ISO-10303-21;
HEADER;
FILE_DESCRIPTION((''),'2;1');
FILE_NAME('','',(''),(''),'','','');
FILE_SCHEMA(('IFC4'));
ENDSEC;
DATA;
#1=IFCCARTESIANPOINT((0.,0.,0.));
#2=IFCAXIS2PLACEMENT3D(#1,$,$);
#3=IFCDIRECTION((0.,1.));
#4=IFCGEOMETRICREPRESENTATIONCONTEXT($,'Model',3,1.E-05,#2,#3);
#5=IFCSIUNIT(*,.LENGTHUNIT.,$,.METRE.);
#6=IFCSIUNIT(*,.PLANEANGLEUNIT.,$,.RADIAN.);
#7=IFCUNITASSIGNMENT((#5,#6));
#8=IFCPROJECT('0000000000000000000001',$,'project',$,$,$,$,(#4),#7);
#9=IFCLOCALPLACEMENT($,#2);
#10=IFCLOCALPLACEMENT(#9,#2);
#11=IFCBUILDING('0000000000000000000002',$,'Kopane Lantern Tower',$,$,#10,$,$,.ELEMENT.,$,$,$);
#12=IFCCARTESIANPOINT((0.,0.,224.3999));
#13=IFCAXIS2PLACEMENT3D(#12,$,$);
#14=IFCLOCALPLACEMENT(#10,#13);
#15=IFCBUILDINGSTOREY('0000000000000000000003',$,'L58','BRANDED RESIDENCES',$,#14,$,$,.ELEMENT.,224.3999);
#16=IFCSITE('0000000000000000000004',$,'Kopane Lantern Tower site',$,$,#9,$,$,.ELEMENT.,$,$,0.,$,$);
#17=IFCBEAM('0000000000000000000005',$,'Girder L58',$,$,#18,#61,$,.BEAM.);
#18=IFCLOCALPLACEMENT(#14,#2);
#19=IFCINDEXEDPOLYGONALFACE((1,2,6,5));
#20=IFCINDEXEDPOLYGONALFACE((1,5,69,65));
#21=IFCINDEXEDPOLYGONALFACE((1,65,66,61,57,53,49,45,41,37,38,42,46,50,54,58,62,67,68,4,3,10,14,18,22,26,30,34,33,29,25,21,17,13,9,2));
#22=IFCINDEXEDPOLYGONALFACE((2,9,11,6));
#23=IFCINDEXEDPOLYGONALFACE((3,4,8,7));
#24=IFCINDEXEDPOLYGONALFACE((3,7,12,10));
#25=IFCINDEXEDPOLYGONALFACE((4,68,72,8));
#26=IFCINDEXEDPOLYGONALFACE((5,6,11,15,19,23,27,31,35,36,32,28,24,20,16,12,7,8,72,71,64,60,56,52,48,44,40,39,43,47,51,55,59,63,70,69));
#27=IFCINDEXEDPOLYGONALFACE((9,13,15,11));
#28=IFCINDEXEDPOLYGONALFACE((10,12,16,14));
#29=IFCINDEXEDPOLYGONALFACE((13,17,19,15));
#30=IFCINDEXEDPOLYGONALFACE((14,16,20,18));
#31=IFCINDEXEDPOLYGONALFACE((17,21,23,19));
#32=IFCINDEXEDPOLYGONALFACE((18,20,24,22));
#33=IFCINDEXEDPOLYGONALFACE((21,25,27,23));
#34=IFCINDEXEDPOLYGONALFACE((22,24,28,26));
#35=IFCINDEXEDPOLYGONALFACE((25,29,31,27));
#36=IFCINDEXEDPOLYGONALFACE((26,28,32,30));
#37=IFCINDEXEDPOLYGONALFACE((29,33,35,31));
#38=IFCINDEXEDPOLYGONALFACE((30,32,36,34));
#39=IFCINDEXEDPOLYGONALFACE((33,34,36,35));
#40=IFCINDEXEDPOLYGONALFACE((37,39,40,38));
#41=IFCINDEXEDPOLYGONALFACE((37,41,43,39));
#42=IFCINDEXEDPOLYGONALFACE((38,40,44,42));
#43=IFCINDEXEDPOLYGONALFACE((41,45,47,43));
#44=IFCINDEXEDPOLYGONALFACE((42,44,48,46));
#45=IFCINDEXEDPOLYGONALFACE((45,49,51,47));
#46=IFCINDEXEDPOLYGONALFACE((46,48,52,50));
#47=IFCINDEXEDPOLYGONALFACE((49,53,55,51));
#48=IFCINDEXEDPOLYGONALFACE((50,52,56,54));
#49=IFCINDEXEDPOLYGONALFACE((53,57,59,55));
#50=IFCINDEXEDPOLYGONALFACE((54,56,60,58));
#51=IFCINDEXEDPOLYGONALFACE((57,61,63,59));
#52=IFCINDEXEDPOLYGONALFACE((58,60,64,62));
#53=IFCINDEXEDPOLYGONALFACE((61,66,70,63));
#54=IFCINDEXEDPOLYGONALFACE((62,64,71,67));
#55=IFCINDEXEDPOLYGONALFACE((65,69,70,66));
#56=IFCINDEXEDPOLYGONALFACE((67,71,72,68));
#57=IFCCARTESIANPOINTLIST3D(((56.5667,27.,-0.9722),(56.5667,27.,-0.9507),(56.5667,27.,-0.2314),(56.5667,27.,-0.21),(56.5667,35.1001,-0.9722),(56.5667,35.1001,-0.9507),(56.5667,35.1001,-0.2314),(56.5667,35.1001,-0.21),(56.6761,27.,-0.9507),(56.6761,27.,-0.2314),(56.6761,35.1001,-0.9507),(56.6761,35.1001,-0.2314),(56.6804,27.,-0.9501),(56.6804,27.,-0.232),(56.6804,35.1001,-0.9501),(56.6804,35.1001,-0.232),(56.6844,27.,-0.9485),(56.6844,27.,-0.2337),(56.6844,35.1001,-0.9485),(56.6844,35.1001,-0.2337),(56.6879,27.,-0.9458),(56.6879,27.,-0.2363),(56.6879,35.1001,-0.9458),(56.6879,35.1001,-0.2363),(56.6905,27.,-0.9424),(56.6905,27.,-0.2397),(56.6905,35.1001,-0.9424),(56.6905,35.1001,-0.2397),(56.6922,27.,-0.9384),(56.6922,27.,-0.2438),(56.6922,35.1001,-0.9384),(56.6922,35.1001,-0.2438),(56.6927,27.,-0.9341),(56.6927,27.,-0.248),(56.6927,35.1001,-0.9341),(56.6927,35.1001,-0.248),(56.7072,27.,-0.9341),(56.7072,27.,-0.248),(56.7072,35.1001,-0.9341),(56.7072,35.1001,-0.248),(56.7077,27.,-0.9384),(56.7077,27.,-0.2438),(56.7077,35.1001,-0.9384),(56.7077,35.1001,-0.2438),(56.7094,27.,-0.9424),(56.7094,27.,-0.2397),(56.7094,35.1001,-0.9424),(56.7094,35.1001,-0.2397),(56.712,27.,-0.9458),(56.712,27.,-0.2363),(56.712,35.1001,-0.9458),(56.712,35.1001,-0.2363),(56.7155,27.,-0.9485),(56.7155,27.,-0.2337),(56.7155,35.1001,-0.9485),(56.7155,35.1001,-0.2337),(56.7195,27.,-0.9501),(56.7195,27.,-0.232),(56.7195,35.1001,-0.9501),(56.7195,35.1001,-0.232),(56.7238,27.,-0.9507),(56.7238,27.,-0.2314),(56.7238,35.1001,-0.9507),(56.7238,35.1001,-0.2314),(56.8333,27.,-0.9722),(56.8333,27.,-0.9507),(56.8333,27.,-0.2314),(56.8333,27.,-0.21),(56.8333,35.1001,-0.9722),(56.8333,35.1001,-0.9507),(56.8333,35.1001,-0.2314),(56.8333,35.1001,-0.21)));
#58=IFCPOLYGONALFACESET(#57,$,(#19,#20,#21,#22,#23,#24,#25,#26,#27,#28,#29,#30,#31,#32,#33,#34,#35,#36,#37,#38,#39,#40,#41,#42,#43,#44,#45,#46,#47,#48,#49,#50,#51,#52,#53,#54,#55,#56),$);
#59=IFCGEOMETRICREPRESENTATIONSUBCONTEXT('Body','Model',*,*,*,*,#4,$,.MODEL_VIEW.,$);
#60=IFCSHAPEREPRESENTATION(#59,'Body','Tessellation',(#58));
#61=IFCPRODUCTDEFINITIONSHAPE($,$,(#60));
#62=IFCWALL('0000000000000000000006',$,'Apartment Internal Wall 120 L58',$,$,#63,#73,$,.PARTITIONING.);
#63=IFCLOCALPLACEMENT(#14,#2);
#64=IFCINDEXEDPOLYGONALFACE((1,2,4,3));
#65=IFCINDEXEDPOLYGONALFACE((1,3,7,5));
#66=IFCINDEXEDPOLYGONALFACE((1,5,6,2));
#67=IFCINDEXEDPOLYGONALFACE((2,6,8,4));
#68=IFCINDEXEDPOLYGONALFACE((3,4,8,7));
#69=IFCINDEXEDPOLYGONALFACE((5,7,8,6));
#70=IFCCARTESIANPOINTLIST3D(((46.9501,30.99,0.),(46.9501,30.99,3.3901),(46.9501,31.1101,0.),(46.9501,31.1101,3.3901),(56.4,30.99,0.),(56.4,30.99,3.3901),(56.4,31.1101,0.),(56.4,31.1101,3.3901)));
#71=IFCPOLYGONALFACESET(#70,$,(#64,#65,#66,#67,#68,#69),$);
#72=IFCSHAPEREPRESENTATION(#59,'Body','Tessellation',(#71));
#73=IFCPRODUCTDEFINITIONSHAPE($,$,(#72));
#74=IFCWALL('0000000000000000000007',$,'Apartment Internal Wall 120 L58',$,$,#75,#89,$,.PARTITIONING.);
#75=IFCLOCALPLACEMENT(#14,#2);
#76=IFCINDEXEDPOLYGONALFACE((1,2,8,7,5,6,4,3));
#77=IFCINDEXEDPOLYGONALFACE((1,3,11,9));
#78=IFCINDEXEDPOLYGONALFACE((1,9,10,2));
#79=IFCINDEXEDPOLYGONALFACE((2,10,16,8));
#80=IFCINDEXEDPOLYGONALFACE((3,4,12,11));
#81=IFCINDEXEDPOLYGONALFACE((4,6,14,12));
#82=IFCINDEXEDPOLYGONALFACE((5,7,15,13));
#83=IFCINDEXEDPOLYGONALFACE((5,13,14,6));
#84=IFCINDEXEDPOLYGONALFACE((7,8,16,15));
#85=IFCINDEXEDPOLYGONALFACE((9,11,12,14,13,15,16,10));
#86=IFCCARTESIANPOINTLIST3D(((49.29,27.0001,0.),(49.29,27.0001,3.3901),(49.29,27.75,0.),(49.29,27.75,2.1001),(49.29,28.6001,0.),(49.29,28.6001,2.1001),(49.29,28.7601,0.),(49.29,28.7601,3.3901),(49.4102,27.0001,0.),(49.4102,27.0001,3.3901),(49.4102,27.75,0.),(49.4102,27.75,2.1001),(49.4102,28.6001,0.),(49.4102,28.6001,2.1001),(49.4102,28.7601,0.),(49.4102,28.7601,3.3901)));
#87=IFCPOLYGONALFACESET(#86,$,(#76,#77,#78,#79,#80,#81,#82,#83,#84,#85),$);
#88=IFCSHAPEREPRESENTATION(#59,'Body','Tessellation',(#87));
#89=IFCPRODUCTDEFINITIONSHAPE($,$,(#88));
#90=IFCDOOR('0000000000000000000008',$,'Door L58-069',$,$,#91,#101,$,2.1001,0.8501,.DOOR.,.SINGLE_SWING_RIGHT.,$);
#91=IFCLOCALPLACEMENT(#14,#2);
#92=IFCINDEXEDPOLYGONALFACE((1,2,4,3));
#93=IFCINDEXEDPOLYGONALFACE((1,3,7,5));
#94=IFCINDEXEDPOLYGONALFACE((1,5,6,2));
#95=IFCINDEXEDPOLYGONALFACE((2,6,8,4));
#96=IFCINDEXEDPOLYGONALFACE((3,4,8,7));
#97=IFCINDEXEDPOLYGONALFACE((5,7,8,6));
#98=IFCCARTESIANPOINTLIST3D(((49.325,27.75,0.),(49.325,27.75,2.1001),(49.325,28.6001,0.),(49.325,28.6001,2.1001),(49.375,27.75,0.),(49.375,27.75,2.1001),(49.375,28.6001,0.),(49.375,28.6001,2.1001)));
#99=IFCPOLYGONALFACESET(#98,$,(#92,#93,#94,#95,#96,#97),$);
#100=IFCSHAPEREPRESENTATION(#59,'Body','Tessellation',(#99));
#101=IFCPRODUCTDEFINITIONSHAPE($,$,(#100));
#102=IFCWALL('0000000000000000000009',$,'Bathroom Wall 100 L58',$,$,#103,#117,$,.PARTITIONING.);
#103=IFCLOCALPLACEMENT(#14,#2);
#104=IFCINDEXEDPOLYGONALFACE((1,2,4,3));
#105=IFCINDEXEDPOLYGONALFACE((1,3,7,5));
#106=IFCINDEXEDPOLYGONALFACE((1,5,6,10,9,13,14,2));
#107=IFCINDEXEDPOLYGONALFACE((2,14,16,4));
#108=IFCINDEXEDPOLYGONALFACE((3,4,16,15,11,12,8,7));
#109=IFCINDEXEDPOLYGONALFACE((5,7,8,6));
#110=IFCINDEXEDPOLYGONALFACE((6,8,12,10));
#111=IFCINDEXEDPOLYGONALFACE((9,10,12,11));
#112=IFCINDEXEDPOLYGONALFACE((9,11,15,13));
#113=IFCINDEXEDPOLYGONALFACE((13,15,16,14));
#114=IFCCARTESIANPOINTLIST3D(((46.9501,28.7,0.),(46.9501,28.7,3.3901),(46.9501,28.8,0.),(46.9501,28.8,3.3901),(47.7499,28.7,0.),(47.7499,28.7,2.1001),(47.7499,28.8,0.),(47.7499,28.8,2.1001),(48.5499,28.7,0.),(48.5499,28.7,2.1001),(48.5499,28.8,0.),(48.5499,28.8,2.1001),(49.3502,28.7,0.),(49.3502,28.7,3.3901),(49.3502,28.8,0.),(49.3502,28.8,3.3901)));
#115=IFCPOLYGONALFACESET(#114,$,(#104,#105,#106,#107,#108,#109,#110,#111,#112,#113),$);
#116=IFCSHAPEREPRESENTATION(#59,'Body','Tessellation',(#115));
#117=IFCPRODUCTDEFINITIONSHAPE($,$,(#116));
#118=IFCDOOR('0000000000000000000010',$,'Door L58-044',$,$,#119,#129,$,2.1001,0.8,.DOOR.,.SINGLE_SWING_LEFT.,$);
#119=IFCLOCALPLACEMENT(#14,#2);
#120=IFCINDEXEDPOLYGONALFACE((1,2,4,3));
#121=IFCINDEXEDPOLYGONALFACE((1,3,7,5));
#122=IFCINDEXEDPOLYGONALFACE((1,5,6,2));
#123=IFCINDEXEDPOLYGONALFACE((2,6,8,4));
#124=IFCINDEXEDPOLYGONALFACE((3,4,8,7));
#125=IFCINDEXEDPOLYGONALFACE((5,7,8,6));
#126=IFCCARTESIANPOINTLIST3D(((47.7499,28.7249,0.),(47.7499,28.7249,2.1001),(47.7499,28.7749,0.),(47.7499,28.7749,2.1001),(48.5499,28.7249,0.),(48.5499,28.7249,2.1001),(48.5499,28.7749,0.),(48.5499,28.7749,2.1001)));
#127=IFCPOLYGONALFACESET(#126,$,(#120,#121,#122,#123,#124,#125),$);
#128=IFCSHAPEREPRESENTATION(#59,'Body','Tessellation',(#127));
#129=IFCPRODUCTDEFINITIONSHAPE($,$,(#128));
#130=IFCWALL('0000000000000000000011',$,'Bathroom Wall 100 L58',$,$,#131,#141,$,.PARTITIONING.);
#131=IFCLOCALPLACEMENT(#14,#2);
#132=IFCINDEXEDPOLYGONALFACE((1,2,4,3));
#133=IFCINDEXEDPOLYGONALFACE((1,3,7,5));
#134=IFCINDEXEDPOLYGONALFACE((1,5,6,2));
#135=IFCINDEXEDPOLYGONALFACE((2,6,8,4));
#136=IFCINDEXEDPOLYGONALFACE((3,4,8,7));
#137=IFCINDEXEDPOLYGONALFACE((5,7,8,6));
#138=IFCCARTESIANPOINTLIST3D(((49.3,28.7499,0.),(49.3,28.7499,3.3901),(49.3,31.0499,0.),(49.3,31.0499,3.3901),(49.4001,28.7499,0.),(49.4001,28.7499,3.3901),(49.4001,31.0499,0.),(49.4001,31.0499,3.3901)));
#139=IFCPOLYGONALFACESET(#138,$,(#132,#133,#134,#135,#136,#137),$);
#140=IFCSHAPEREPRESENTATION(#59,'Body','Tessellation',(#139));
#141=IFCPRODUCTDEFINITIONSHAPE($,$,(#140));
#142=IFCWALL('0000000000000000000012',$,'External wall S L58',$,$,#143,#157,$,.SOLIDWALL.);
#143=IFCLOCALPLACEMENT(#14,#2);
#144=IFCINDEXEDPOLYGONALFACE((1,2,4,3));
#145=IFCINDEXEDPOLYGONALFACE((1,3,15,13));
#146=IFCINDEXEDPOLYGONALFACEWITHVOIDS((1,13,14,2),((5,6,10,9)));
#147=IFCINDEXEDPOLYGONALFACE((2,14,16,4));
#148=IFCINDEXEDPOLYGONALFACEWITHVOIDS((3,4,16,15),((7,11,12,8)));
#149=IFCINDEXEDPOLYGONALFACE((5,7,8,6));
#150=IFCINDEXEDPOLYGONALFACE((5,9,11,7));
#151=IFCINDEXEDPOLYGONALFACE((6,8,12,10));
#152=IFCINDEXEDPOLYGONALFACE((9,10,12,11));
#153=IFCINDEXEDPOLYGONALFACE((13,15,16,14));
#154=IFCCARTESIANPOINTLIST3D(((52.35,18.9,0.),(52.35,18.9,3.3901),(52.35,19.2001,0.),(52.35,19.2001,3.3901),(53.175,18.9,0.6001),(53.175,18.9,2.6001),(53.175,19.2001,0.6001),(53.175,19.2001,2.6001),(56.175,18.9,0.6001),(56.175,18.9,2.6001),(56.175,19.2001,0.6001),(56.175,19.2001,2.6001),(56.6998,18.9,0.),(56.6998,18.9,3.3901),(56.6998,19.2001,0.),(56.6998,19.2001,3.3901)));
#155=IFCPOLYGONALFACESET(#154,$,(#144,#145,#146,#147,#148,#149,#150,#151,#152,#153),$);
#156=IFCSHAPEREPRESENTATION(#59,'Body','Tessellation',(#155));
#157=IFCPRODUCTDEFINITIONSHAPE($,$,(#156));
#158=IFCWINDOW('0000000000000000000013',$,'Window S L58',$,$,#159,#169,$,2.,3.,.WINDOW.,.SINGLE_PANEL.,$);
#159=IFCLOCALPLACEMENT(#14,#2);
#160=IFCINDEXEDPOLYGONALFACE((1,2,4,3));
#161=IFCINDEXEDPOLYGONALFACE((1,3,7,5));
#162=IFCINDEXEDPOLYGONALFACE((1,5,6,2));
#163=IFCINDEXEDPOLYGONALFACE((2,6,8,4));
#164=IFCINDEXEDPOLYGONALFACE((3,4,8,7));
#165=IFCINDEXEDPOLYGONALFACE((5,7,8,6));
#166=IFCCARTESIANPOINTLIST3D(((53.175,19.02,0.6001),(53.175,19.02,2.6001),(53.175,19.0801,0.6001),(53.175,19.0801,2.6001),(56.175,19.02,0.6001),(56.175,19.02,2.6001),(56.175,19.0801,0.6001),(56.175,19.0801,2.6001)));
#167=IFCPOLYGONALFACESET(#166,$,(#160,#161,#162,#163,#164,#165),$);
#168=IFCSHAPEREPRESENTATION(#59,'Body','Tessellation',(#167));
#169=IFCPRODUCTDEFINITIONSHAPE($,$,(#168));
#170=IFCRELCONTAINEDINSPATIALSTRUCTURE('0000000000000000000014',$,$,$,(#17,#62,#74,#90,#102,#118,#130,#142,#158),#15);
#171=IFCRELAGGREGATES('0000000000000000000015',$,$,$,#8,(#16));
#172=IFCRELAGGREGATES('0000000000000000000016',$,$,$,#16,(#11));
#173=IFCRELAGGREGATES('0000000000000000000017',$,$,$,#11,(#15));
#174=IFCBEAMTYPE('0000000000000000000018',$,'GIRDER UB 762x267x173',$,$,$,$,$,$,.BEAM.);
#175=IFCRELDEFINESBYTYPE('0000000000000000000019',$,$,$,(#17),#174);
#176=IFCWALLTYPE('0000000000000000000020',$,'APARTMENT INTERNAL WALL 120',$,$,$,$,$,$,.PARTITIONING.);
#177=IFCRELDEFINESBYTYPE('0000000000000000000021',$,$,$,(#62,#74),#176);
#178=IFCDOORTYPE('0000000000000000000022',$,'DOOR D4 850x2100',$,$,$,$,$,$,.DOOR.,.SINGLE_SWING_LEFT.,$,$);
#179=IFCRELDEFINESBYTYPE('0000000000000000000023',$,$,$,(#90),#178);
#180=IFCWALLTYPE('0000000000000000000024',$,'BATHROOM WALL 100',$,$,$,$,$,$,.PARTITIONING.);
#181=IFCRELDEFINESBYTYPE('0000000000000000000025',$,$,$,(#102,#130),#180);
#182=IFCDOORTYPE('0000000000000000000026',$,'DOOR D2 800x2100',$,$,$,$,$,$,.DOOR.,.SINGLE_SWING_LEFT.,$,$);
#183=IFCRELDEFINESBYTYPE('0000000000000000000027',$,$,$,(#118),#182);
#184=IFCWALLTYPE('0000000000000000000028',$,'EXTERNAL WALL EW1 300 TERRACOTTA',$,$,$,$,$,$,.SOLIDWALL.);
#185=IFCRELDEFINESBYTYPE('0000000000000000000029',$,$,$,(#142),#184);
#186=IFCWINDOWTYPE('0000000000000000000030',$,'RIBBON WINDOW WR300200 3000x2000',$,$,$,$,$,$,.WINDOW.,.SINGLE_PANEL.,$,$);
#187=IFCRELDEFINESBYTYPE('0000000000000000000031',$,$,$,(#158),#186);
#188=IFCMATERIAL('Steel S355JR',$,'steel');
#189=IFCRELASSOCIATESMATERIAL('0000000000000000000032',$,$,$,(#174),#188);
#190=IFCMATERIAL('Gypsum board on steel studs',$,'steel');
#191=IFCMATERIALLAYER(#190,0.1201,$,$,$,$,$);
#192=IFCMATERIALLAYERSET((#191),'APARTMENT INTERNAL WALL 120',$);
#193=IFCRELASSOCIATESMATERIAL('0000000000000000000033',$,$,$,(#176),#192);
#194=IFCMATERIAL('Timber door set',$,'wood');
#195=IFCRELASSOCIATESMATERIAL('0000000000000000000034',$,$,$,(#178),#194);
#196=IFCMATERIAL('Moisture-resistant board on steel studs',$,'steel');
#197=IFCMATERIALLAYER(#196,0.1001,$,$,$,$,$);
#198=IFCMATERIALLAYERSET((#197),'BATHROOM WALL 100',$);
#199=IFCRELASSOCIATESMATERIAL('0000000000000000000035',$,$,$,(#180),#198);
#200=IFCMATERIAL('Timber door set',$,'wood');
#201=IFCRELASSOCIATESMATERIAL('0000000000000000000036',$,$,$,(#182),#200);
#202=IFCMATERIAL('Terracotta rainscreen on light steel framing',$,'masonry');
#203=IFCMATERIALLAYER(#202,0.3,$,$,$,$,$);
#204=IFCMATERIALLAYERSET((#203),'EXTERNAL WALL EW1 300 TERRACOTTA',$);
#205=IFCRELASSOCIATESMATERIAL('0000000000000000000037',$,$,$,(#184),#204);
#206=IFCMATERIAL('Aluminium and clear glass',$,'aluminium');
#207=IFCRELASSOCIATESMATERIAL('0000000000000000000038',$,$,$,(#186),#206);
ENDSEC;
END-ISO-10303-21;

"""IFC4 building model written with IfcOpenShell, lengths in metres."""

from ifc_helpers import new_model, si_unit, direction, frame, frame_2d, origin, origin_2d, place, context, subcontext, project, spatial, rectangle, i_section, extrude, material, layer, layer_set, material_profile, profile_set, type_object, element, fill, save


model = new_model("IFC4")

# Units and contexts
model_context = context("Model", 3, precision=1e-05, world=origin(), true_north=direction((0.0, 1.0)))
body_context = subcontext(model_context, "Body", "Model", "MODEL_VIEW")
ifc_project = project(units=[si_unit("LENGTHUNIT", "METRE"), si_unit("PLANEANGLEUNIT", "RADIAN")], contexts=[model_context])

# Site, building, storey
site_placement = place(None, origin())
site = spatial("IfcSite", under=ifc_project, at=site_placement, Name="Kopane Lantern Tower site", CompositionType="ELEMENT", RefElevation=0.0)
building_placement = place(site_placement, origin())
building = spatial("IfcBuilding", under=site, at=building_placement, Name="Kopane Lantern Tower", CompositionType="ELEMENT")
storey_placement = place(building_placement, frame((0.0, 0.0, 224.3999)))
storey = spatial("IfcBuildingStorey", under=building, at=storey_placement, Name="L58", Description="BRANDED RESIDENCES", CompositionType="ELEMENT", Elevation=224.3999)

# Beam
ifc_material_1 = material(Name="Steel S355JR", Category="steel")
ifc_material_profile_1 = material_profile(ifc_material_1, i_section(OverallWidth=0.2666, OverallDepth=0.7622, WebThickness=0.0144, FlangeThickness=0.0215, FilletRadius=0.0166, at=origin_2d()), Name="UB 762x267x173")
ifc_profile_set_1 = profile_set([ifc_material_profile_1], Name="Steel S355JR")
beam_type = type_object("IfcBeamType", Name="GIRDER UB 762x267x173", PredefinedType="BEAM", material=ifc_profile_set_1)
beam_1_placement = place(storey_placement, frame((56.7, 27.0, -0.5911), z_axis=(0.0, 1.0, 0.0), x_axis=(-1.0, 0.0, 0.0)))
element("IfcBeam", 1, at=beam_1_placement, inside=storey, type_object=beam_type, Name="Girder L58", PredefinedType="BEAM", context=body_context, shape_type="SweptSolid", body=[
    extrude(i_section(OverallWidth=0.2666, OverallDepth=0.7622, WebThickness=0.0144, FlangeThickness=0.0215, FilletRadius=0.0166, at=origin_2d()), origin(), (0.0, 0.0, 1.0), 8.1001),
])

# Wall
ifc_material_2 = material(Name="Gypsum board on steel studs", Category="steel")
ifc_layer_1 = layer(ifc_material_2, 0.1201)
ifc_layer_set_1 = layer_set([ifc_layer_1], Name="APARTMENT INTERNAL WALL 120")
wall_type_1 = type_object("IfcWallType", Name="APARTMENT INTERNAL WALL 120", PredefinedType="PARTITIONING", material=ifc_layer_set_1)
wall_1_placement = place(storey_placement, frame((46.95, 31.05, 0.0), z_axis=(0.0, 0.0, 1.0), x_axis=(1.0, 0.0, 0.0)))
element("IfcWall", 2, at=wall_1_placement, inside=storey, type_object=wall_type_1, Name="Apartment Internal Wall 120 L58", PredefinedType="PARTITIONING", context=body_context, shape_type="SweptSolid", body=[
    extrude(rectangle(XDim=9.45, YDim=0.1201, at=frame_2d((4.7251, 0.0))), origin(), (0.0, 0.0, 1.0), 3.3901),
])

# Walls, openings, doors
wall_2_placement = place(storey_placement, frame((49.3501, 28.76, 0.0), z_axis=(0.0, 0.0, 1.0), x_axis=(0.0, -1.0, 0.0)))
wall_2 = element("IfcWall", 3, at=wall_2_placement, inside=storey, type_object=wall_type_1, Name="Apartment Internal Wall 120 L58", PredefinedType="PARTITIONING", context=body_context, shape_type="SweptSolid", body=[
    extrude(rectangle(XDim=1.76, YDim=0.1201, at=frame_2d((0.8799, 0.0))), origin(), (0.0, 0.0, 1.0), 3.3901),
])
opening_1_placement = place(wall_2_placement, frame((0.1599, 0.0, 0.0)))
opening_1 = element("IfcOpeningElement", 4, at=opening_1_placement, cuts=wall_2, PredefinedType="OPENING", context=body_context, shape_type="SweptSolid", body=[
    extrude(rectangle(XDim=0.8501, YDim=2.1001, at=frame_2d((0.425, 1.05))), frame((0.0, 0.0701, 0.0), z_axis=(0.0, -1.0, 0.0), x_axis=(1.0, 0.0, 0.0)), (0.0, 0.0, 1.0), 0.1401),
])
ifc_material_3 = material(Name="Timber door set", Category="wood")
door_type_1 = type_object("IfcDoorType", Name="DOOR D4 850x2100", OperationType="SINGLE_SWING_LEFT", PredefinedType="DOOR", material=ifc_material_3)
door_1_placement = place(opening_1_placement, origin())
door_1 = element("IfcDoor", 5, at=door_1_placement, inside=storey, type_object=door_type_1, Name="Door L58-069", OperationType="SINGLE_SWING_RIGHT", OverallHeight=2.1001, OverallWidth=0.8501, PredefinedType="DOOR", context=body_context, shape_type="SweptSolid", body=[
    extrude(rectangle(XDim=0.8501, YDim=2.1001, at=frame_2d((0.425, 1.05))), frame((0.0, 0.0249, 0.0), z_axis=(0.0, -1.0, 0.0), x_axis=(1.0, 0.0, 0.0)), (0.0, 0.0, 1.0), 0.05),
])
fill(opening_1, door_1)
ifc_material_4 = material(Name="Moisture-resistant board on steel studs", Category="steel")
ifc_layer_2 = layer(ifc_material_4, 0.1001)
ifc_layer_set_2 = layer_set([ifc_layer_2], Name="BATHROOM WALL 100")
wall_type_2 = type_object("IfcWallType", Name="BATHROOM WALL 100", PredefinedType="PARTITIONING", material=ifc_layer_set_2)
wall_3_placement = place(storey_placement, frame((46.95, 28.75, 0.0), z_axis=(0.0, 0.0, 1.0), x_axis=(1.0, 0.0, 0.0)))
wall_3 = element("IfcWall", 6, at=wall_3_placement, inside=storey, type_object=wall_type_2, Name="Bathroom Wall 100 L58", PredefinedType="PARTITIONING", context=body_context, shape_type="SweptSolid", body=[
    extrude(rectangle(XDim=2.4001, YDim=0.1001, at=frame_2d((1.2002, 0.0))), origin(), (0.0, 0.0, 1.0), 3.3901),
])
opening_2_placement = place(wall_3_placement, frame((0.8, 0.0, 0.0)))
opening_2 = element("IfcOpeningElement", 7, at=opening_2_placement, cuts=wall_3, PredefinedType="OPENING", context=body_context, shape_type="SweptSolid", body=[
    extrude(rectangle(XDim=0.8, YDim=2.1001, at=frame_2d((0.3999, 1.05))), frame((0.0, 0.0601, 0.0), z_axis=(0.0, -1.0, 0.0), x_axis=(1.0, 0.0, 0.0)), (0.0, 0.0, 1.0), 0.1201),
])
ifc_material_5 = material(Name="Timber door set", Category="wood")
door_type_2 = type_object("IfcDoorType", Name="DOOR D2 800x2100", OperationType="SINGLE_SWING_LEFT", PredefinedType="DOOR", material=ifc_material_5)
door_2_placement = place(opening_2_placement, origin())
door_2 = element("IfcDoor", 8, at=door_2_placement, inside=storey, type_object=door_type_2, Name="Door L58-044", OperationType="SINGLE_SWING_LEFT", OverallHeight=2.1001, OverallWidth=0.8, PredefinedType="DOOR", context=body_context, shape_type="SweptSolid", body=[
    extrude(rectangle(XDim=0.8, YDim=2.1001, at=frame_2d((0.3999, 1.05))), frame((0.0, 0.0249, 0.0), z_axis=(0.0, -1.0, 0.0), x_axis=(1.0, 0.0, 0.0)), (0.0, 0.0, 1.0), 0.05),
])
fill(opening_2, door_2)

# Wall
wall_4_placement = place(storey_placement, frame((49.3501, 28.75, 0.0), z_axis=(0.0, 0.0, 1.0), x_axis=(0.0, 1.0, 0.0)))
element("IfcWall", 9, at=wall_4_placement, inside=storey, type_object=wall_type_2, Name="Bathroom Wall 100 L58", PredefinedType="PARTITIONING", context=body_context, shape_type="SweptSolid", body=[
    extrude(rectangle(XDim=2.3, YDim=0.1001, at=frame_2d((1.1499, 0.0))), origin(), (0.0, 0.0, 1.0), 3.3901),
])

# Wall, opening, window
ifc_material_6 = material(Name="Terracotta rainscreen on light steel framing", Category="masonry")
ifc_layer_3 = layer(ifc_material_6, 0.3)
ifc_layer_set_3 = layer_set([ifc_layer_3], Name="EXTERNAL WALL EW1 300 TERRACOTTA")
wall_type_3 = type_object("IfcWallType", Name="EXTERNAL WALL EW1 300 TERRACOTTA", PredefinedType="SOLIDWALL", material=ifc_layer_set_3)
wall_5_placement = place(storey_placement, frame((52.3501, 19.05, 0.0), z_axis=(0.0, 0.0, 1.0), x_axis=(1.0, 0.0, 0.0)))
wall_5 = element("IfcWall", 10, at=wall_5_placement, inside=storey, type_object=wall_type_3, Name="External wall S L58", PredefinedType="SOLIDWALL", context=body_context, shape_type="SweptSolid", body=[
    extrude(rectangle(XDim=4.3499, YDim=0.3, at=frame_2d((2.1748, 0.0))), origin(), (0.0, 0.0, 1.0), 3.3901),
])
opening_3_placement = place(wall_5_placement, frame((0.825, 0.0, 0.6001)))
opening_3 = element("IfcOpeningElement", 11, at=opening_3_placement, cuts=wall_5, PredefinedType="OPENING", context=body_context, shape_type="SweptSolid", body=[
    extrude(rectangle(XDim=3.0, YDim=2.0, at=frame_2d((1.5, 1.0))), frame((0.0, 0.1599, 0.0), z_axis=(0.0, -1.0, 0.0), x_axis=(1.0, 0.0, 0.0)), (0.0, 0.0, 1.0), 0.3201),
])
ifc_material_7 = material(Name="Aluminium and clear glass", Category="aluminium")
window_type = type_object("IfcWindowType", Name="RIBBON WINDOW WR300200 3000x2000", PartitioningType="SINGLE_PANEL", PredefinedType="WINDOW", material=ifc_material_7)
window_1_placement = place(opening_3_placement, origin())
window_1 = element("IfcWindow", 12, at=window_1_placement, inside=storey, type_object=window_type, Name="Window S L58", OverallHeight=2.0, OverallWidth=3.0, PartitioningType="SINGLE_PANEL", PredefinedType="WINDOW", context=body_context, shape_type="SweptSolid", body=[
    extrude(rectangle(XDim=3.0, YDim=2.0, at=frame_2d((1.5, 1.0))), frame((0.0, 0.03, 0.0), z_axis=(0.0, -1.0, 0.0), x_axis=(1.0, 0.0, 0.0)), (0.0, 0.0, 1.0), 0.0601),
])
fill(opening_3, window_1)

save(model, "model.ifc")
